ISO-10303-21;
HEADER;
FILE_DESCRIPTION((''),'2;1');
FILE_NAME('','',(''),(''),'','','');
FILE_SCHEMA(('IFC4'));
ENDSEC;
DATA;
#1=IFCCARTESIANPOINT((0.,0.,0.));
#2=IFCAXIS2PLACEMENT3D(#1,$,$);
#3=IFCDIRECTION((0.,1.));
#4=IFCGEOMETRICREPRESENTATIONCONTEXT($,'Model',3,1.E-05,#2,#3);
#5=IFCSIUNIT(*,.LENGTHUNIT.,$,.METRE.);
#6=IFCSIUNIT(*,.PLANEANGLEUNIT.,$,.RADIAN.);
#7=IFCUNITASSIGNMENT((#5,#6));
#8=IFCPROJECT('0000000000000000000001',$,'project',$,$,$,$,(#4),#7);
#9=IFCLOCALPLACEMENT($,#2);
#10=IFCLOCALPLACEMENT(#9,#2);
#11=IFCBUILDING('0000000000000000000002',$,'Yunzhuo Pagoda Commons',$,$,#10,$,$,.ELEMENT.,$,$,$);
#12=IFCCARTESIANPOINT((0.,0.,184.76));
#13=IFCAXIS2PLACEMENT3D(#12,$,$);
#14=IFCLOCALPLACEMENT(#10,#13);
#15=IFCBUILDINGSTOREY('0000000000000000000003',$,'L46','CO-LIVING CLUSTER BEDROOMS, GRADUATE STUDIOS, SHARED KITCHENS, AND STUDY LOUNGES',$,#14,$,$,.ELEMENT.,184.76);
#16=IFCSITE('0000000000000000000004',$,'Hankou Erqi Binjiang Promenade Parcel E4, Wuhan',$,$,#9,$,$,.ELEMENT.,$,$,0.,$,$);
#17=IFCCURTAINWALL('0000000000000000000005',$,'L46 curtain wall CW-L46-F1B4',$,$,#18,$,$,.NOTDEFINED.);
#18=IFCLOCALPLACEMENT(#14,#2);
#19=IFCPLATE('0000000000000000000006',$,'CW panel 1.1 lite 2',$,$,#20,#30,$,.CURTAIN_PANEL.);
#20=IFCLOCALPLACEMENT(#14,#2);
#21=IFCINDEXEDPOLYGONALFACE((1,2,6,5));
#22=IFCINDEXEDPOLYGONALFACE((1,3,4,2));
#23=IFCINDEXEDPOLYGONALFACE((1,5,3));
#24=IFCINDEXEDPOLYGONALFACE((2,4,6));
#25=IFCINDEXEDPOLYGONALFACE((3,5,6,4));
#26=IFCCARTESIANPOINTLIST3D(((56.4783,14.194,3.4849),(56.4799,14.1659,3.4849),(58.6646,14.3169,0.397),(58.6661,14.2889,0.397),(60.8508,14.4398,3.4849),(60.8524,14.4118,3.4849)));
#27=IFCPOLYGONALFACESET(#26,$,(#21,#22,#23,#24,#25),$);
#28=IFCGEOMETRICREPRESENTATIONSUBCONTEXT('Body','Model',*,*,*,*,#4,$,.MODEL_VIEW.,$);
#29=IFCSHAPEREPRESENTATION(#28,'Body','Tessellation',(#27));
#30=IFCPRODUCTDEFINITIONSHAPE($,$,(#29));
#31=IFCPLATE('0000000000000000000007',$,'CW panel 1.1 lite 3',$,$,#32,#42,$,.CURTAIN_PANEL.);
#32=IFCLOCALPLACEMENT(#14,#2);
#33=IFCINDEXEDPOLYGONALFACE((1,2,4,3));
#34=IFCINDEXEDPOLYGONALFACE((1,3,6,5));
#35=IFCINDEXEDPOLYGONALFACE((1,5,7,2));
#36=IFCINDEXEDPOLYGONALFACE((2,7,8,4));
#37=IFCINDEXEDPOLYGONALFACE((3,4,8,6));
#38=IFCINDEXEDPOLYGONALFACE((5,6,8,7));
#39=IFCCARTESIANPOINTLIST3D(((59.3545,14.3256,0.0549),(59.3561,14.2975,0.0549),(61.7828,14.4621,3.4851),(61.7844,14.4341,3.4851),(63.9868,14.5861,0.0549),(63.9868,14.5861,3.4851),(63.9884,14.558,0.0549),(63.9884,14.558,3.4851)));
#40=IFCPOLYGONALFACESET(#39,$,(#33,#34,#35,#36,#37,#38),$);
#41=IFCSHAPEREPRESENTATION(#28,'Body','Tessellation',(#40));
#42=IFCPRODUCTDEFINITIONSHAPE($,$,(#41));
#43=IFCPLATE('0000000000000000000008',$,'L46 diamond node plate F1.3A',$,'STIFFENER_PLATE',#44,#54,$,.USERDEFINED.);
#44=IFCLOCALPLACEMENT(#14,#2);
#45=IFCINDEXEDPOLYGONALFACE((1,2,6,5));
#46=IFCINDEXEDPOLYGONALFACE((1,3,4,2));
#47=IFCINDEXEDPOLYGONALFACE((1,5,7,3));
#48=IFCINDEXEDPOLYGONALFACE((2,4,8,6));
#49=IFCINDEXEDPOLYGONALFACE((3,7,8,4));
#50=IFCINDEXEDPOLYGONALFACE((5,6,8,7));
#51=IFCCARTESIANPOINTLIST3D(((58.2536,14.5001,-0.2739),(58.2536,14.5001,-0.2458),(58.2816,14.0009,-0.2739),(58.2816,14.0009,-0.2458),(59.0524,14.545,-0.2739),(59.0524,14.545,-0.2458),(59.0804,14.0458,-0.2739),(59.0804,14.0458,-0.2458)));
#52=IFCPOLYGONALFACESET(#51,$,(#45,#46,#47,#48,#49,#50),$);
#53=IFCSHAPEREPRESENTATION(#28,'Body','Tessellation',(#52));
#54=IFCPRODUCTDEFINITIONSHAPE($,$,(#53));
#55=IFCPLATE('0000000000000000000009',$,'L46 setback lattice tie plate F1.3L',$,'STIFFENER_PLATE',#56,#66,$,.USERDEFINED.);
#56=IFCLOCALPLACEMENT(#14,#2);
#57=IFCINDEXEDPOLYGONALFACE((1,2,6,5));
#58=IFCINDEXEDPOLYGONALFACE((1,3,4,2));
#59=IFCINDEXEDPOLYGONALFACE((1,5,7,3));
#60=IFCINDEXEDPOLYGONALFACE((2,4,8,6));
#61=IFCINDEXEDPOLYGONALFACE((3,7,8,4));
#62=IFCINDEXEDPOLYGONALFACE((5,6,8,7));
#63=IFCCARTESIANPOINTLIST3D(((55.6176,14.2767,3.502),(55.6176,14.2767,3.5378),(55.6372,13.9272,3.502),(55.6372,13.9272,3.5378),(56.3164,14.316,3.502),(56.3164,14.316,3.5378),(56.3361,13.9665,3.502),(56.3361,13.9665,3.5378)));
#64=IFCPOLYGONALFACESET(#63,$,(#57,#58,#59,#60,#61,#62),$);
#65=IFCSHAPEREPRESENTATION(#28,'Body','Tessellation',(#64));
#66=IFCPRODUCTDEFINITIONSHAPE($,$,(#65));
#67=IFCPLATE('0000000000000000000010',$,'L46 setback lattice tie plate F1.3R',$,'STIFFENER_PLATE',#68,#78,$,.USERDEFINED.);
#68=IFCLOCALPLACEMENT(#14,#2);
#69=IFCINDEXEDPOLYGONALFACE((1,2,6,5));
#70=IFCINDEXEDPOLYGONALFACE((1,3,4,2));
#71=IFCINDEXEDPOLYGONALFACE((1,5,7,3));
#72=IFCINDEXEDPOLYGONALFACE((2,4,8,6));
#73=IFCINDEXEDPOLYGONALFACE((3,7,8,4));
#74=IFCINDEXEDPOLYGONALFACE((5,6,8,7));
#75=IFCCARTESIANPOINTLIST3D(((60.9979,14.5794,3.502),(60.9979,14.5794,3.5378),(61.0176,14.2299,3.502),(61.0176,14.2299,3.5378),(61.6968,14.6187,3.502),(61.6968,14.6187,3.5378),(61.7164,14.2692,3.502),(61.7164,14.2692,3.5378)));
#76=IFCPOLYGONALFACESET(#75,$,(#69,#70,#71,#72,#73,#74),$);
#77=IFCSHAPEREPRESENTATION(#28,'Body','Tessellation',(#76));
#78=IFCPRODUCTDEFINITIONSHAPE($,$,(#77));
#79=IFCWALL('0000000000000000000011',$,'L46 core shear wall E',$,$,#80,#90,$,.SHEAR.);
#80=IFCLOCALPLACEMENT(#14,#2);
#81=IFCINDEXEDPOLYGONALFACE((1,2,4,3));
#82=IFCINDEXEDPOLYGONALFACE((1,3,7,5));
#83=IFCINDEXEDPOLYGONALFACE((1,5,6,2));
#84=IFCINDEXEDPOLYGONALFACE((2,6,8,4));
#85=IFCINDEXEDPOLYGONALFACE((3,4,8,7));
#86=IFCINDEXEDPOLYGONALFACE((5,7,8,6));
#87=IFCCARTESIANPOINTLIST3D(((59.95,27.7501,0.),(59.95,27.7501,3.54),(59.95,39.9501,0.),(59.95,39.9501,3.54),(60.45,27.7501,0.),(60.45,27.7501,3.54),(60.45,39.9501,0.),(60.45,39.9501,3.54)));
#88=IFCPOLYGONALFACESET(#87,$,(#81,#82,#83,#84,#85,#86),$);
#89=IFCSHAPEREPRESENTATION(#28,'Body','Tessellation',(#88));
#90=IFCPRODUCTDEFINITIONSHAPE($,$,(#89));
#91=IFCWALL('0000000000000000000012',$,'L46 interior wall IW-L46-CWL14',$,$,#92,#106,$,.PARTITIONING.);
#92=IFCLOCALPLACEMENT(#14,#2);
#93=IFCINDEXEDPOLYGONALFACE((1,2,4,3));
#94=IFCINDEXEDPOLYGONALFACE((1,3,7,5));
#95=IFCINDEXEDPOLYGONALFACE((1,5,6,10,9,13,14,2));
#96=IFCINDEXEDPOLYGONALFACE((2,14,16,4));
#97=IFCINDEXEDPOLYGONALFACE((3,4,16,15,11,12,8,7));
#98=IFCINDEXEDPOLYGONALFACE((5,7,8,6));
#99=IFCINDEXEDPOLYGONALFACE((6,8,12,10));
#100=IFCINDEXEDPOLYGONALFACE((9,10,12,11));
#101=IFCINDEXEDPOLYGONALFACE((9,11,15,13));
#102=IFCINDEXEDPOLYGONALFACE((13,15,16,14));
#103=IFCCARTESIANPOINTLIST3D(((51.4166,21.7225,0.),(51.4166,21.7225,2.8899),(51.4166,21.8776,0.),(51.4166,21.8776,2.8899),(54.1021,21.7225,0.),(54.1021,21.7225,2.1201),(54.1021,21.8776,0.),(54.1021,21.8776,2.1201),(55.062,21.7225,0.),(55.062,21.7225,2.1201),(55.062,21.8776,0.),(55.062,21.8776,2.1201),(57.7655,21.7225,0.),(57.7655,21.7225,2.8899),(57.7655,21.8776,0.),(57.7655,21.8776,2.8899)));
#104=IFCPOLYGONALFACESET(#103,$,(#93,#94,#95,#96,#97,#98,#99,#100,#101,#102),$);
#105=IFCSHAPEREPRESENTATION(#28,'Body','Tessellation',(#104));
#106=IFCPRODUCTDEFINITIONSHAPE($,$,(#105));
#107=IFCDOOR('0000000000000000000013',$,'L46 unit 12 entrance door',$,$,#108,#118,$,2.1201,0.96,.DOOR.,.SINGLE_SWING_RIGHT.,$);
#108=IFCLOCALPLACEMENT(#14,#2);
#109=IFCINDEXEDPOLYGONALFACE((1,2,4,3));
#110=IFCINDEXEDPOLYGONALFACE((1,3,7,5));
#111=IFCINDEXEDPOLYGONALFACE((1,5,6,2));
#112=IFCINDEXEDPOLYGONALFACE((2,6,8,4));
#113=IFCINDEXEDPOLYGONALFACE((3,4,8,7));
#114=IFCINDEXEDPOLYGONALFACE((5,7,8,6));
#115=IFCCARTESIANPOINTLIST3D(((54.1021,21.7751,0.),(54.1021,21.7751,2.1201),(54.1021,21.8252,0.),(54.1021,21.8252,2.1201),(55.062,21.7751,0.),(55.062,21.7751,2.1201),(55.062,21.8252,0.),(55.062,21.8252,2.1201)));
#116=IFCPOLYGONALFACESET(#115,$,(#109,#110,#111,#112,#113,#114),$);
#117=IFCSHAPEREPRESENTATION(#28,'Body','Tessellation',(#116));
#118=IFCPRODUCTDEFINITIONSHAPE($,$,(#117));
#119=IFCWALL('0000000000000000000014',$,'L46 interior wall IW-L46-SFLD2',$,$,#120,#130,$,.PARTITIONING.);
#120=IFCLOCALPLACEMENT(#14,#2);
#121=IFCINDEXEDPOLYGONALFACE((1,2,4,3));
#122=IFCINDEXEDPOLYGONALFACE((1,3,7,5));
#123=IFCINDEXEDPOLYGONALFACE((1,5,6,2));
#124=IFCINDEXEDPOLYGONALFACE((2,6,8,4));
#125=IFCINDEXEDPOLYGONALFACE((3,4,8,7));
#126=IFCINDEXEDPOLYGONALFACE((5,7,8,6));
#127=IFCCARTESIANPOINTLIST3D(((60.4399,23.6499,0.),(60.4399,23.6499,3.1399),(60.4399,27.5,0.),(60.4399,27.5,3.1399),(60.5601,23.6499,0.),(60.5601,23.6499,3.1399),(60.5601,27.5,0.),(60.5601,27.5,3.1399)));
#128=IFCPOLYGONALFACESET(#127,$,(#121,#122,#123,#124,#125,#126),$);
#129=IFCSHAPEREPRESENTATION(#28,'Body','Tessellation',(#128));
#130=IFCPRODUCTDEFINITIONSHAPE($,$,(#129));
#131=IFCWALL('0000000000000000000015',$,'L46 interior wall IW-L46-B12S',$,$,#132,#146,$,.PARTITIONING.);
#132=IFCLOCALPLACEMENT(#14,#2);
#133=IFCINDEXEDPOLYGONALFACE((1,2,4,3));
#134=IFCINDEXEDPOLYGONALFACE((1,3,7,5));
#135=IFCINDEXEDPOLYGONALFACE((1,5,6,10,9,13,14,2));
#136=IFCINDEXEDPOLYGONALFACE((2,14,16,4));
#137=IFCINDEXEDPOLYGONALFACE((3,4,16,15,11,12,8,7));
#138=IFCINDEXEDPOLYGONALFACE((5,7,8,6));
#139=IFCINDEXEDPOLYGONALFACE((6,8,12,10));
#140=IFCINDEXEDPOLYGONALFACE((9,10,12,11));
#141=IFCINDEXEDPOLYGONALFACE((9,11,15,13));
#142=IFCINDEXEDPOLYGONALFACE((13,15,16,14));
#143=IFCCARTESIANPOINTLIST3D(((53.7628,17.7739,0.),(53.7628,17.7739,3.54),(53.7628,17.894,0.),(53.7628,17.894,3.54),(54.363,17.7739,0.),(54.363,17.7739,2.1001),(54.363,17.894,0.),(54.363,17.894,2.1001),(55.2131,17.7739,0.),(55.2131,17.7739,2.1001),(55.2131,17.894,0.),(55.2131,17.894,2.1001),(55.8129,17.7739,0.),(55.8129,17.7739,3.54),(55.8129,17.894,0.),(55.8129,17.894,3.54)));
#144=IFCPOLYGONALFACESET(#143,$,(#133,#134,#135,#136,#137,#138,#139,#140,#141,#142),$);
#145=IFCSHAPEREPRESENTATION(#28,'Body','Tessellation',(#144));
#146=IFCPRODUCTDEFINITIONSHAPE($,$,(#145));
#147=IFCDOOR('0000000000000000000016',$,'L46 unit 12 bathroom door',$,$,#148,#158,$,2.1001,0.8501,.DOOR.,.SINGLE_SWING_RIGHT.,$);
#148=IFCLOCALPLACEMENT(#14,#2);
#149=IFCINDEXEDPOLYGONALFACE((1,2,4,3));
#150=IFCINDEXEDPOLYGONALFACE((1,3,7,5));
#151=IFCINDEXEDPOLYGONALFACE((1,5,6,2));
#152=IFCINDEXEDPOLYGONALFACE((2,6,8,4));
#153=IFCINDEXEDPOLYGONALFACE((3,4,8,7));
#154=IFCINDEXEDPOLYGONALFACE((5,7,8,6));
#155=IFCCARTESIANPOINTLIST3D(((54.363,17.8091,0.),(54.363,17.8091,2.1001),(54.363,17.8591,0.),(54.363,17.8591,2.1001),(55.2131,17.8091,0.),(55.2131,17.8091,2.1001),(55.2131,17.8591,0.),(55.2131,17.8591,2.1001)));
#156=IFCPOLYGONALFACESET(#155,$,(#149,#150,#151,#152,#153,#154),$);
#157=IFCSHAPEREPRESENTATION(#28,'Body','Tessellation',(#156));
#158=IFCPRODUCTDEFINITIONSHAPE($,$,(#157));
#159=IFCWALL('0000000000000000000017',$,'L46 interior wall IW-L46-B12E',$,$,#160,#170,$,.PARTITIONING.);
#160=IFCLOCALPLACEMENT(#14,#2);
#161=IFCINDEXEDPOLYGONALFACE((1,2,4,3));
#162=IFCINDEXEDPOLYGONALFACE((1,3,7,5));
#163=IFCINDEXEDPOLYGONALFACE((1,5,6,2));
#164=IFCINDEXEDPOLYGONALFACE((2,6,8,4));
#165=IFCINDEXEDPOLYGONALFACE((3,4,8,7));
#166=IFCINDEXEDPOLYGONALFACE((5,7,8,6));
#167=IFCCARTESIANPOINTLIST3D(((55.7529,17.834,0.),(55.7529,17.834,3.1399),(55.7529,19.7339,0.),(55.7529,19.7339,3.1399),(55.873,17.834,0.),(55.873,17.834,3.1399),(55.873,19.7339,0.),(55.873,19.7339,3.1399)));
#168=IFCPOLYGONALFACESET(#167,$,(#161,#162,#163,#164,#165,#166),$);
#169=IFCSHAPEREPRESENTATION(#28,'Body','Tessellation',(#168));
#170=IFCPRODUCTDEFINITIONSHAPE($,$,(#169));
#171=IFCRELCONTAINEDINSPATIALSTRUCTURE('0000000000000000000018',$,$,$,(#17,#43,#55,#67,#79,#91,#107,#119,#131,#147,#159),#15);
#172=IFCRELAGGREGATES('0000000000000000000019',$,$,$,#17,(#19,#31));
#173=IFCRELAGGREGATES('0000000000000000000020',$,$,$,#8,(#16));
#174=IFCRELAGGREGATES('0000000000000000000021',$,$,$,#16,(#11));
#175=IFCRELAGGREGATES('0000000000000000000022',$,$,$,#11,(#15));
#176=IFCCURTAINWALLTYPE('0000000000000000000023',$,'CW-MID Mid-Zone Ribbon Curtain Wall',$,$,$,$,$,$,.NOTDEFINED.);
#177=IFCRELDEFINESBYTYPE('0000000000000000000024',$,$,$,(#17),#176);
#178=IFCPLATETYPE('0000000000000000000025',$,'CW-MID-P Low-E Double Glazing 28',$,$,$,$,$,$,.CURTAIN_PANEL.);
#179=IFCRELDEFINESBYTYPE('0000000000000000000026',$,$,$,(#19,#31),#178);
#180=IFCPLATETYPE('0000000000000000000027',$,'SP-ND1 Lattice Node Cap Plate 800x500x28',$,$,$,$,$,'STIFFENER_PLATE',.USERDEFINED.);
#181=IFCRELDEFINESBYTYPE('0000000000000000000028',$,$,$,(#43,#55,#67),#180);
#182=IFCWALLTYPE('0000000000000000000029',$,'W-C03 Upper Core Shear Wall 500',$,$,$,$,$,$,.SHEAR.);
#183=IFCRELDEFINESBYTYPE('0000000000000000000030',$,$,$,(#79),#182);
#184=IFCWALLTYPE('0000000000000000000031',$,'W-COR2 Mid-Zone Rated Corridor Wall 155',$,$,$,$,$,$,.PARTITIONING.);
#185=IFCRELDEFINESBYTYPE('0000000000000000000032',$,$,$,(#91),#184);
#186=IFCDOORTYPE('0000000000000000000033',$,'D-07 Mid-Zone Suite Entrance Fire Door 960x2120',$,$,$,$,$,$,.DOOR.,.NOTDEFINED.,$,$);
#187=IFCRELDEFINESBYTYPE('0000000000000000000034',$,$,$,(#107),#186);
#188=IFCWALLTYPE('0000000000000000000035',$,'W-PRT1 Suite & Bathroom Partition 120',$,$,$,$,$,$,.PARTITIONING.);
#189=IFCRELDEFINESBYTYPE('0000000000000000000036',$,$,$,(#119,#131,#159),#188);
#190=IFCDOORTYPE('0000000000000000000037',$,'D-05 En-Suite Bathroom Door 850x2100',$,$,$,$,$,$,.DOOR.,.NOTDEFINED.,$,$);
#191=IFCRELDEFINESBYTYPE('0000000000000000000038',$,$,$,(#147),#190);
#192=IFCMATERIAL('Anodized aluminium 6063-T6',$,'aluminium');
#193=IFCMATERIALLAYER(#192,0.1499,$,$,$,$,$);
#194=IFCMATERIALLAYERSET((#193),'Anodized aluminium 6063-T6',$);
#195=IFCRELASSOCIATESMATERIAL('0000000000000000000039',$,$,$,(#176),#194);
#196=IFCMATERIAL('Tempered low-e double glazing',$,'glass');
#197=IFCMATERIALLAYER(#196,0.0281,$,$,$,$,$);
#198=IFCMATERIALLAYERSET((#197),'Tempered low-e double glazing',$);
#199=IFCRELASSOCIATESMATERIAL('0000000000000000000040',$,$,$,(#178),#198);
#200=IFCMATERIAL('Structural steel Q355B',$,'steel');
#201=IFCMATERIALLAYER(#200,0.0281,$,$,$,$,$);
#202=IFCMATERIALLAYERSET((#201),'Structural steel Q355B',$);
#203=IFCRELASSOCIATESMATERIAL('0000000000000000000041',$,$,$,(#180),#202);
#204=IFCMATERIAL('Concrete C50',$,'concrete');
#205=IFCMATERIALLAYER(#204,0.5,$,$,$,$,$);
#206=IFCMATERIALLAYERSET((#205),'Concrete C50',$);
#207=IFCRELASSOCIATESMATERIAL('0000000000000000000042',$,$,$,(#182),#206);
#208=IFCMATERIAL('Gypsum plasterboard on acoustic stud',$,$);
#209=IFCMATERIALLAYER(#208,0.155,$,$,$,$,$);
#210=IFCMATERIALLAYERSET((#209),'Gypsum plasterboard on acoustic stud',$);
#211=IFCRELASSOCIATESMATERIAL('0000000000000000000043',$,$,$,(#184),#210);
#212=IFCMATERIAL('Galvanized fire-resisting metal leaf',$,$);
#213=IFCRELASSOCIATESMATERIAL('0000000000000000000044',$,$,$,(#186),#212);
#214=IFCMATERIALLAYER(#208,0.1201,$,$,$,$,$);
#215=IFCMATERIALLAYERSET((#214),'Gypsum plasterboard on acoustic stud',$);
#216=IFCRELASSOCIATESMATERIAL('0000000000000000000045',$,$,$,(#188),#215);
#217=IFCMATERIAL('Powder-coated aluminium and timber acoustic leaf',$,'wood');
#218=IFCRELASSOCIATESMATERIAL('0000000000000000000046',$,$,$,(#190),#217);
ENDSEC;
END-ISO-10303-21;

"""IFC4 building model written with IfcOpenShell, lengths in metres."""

from ifc_helpers import new_model, si_unit, direction, frame, frame_2d, origin, origin_with_axes, origin_2d, place, context, subcontext, project, spatial, polyline, rectangle, outline, extrude, source, transform, mapped, material, layer, layer_set, type_object, element, fill, aggregate, save


model = new_model("IFC4")

# Units and contexts
model_context = context("Model", 3, precision=1e-05, world=origin(), true_north=direction((0.0, 1.0)))
body_context = subcontext(model_context, "Body", "Model", "MODEL_VIEW")
ifc_project = project(units=[si_unit("LENGTHUNIT", "METRE"), si_unit("PLANEANGLEUNIT", "RADIAN")], contexts=[model_context])

# Site, building, storey
site_placement = place(None, origin())
site = spatial("IfcSite", under=ifc_project, at=site_placement, Name="Hankou Erqi Binjiang Promenade Parcel E4, Wuhan", CompositionType="ELEMENT", RefElevation=0.0)
building_placement = place(site_placement, origin())
building = spatial("IfcBuilding", under=site, at=building_placement, Name="Yunzhuo Pagoda Commons", CompositionType="ELEMENT")
storey_placement = place(building_placement, frame((0.0, 0.0, 184.76)))
storey = spatial("IfcBuildingStorey", under=building, at=storey_placement, Name="L46", Description="CO-LIVING CLUSTER BEDROOMS, GRADUATE STUDIOS, SHARED KITCHENS, AND STUDY LOUNGES", CompositionType="ELEMENT", Elevation=184.76)

# Shared definitions
ifc_material_1 = material(Name="Structural steel Q355B", Category="steel")

# Curtain wall, plates
ifc_material_2 = material(Name="Anodized aluminium 6063-T6", Category="aluminium")
ifc_layer_1 = layer(ifc_material_2, 0.1499)
ifc_layer_set_1 = layer_set([ifc_layer_1], Name="Anodized aluminium 6063-T6")
curtain_wall_type = type_object("IfcCurtainWallType", Name="CW-MID Mid-Zone Ribbon Curtain Wall", PredefinedType="NOTDEFINED", material=ifc_layer_set_1)
curtain_wall_placement = place(storey_placement, origin())
curtain_wall = element("IfcCurtainWall", 1, at=curtain_wall_placement, inside=storey, type_object=curtain_wall_type, Name="L46 curtain wall CW-L46-F1B4", PredefinedType="NOTDEFINED")
ifc_material_3 = material(Name="Tempered low-e double glazing", Category="glass")
ifc_layer_2 = layer(ifc_material_3, 0.0281)
ifc_layer_set_2 = layer_set([ifc_layer_2], Name="Tempered low-e double glazing")
plate_type_1 = type_object("IfcPlateType", Name="CW-MID-P Low-E Double Glazing 28", PredefinedType="CURTAIN_PANEL", material=ifc_layer_set_2)
plate_1_placement = place(storey_placement, frame((58.6646, 14.3169, 1.9409), z_axis=(0.056143, -0.998423, 0.0), x_axis=(0.998423, 0.056143, 0.0)))
plate_1 = element("IfcPlate", 2, at=plate_1_placement, type_object=plate_type_1, Name="CW panel 1.1 lite 2", PredefinedType="CURTAIN_PANEL", context=body_context, shape_type="SweptSolid", body=[
    extrude(outline(polyline([(-2.1897, 1.5439), (0.0, -1.5439), (2.1897, 1.5439), (-2.1897, 1.5439)])), origin(), (0.0, 0.0, 1.0), 0.0281),
])
plate_2_placement = place(storey_placement, frame((61.6707, 14.4558, 1.77), z_axis=(0.056143, -0.998423, 0.0), x_axis=(0.998423, 0.056143, 0.0)))
plate_2 = element("IfcPlate", 3, at=plate_2_placement, type_object=plate_type_1, Name="CW panel 1.1 lite 3", PredefinedType="CURTAIN_PANEL", context=body_context, shape_type="SweptSolid", body=[
    extrude(outline(polyline([(-2.3198, -1.7151), (2.3198, -1.7151), (2.3198, 1.7151), (0.1123, 1.7151), (-2.3198, -1.7151)])), origin(), (0.0, 0.0, 1.0), 0.0281),
])
aggregate(curtain_wall, [plate_1, plate_2])

# Plates
ifc_layer_3 = layer(ifc_material_1, 0.0281)
ifc_layer_set_3 = layer_set([ifc_layer_3], Name="Structural steel Q355B")
plate_type_2 = type_object("IfcPlateType", Name="SP-ND1 Lattice Node Cap Plate 800x500x28", ElementType="STIFFENER_PLATE", PredefinedType="USERDEFINED", material=ifc_layer_set_3)
shared_shape_1 = source(origin(), body_context, "Body", "SweptSolid", [
    extrude(rectangle(XDim=0.8, YDim=0.5, at=origin_2d()), origin(), (0.0, 0.0, 1.0), 0.0281),
])
plate_3_placement = place(storey_placement, frame((58.667, 14.2729, -0.2739), z_axis=(0.0, 0.0, 1.0), x_axis=(0.998423, 0.056135, 0.0)))
element("IfcPlate", 4, at=plate_3_placement, inside=storey, type_object=plate_type_2, Name="L46 diamond node plate F1.3A", ObjectType="STIFFENER_PLATE", PredefinedType="USERDEFINED", context=body_context, shape_type="MappedRepresentation", body=[
    mapped(shared_shape_1, transform((0.0, 0.0, 0.0), scale=1.0)),
])
shared_shape_2 = source(origin(), body_context, "Body", "SweptSolid", [
    extrude(rectangle(XDim=0.7, YDim=0.3501, at=origin_2d()), origin(), (0.0, 0.0, 1.0), 0.0359),
])
for number, where, z_axis, x_axis, name in (
    (5, (55.9768, 14.1216, 3.502), (0.0, 0.0, 1.0), (0.998423, 0.056135, 0.0), "L46 setback lattice tie plate F1.3L"),
    (6, (61.3572, 14.4243, 3.502), (0.0, 0.0, 1.0), (0.998423, 0.056135, 0.0), "L46 setback lattice tie plate F1.3R"),
):
    element("IfcPlate", number, at=place(storey_placement, frame(where, z_axis=z_axis, x_axis=x_axis)), inside=storey, type_object=plate_type_2, Name=name, ObjectType="STIFFENER_PLATE", PredefinedType="USERDEFINED", context=body_context, shape_type="MappedRepresentation", body=[
        mapped(shared_shape_2, transform((0.0, 0.0, 0.0), scale=1.0)),
    ])

# Wall
ifc_material_4 = material(Name="Concrete C50", Category="concrete")
ifc_layer_4 = layer(ifc_material_4, 0.5)
ifc_layer_set_4 = layer_set([ifc_layer_4], Name="Concrete C50")
wall_type_1 = type_object("IfcWallType", Name="W-C03 Upper Core Shear Wall 500", PredefinedType="SHEAR", material=ifc_layer_set_4)
wall_1_placement = place(storey_placement, frame((60.2, 27.75, 0.0), z_axis=(0.0, 0.0, 1.0), x_axis=(0.0, 1.0, 0.0)))
element("IfcWall", 7, at=wall_1_placement, inside=storey, type_object=wall_type_1, Name="L46 core shear wall E", PredefinedType="SHEAR", context=body_context, shape_type="SweptSolid", body=[
    extrude(rectangle(XDim=12.2, YDim=0.5, at=frame_2d((6.1001, 0.0))), origin(), (0.0, 0.0, 1.0), 3.54),
])

# Wall, opening, door
ifc_material_5 = material(Name="Gypsum plasterboard on acoustic stud")
ifc_layer_5 = layer(ifc_material_5, 0.155)
ifc_layer_set_5 = layer_set([ifc_layer_5], Name="Gypsum plasterboard on acoustic stud")
wall_type_2 = type_object("IfcWallType", Name="W-COR2 Mid-Zone Rated Corridor Wall 155", PredefinedType="PARTITIONING", material=ifc_layer_set_5)
wall_2_placement = place(storey_placement, frame((57.7654, 21.8, 0.0), z_axis=(0.0, 0.0, 1.0), x_axis=(-1.0, 0.0, 0.0)))
wall_2 = element("IfcWall", 8, at=wall_2_placement, inside=storey, type_object=wall_type_2, Name="L46 interior wall IW-L46-CWL14", PredefinedType="PARTITIONING", context=body_context, shape_type="SweptSolid", body=[
    extrude(rectangle(XDim=6.3489, YDim=0.155, at=frame_2d((3.1743, 0.0))), origin(), (0.0, 0.0, 1.0), 2.8899),
])
opening_1_placement = place(wall_2_placement, frame((2.7034, 0.0, 0.0)))
opening_1 = element("IfcOpeningElement", 9, at=opening_1_placement, cuts=wall_2, PredefinedType="OPENING", context=body_context, shape_type="SweptSolid", body=[
    extrude(rectangle(XDim=0.96, YDim=2.1201, at=frame_2d((0.48, 1.0601))), frame((0.0, 0.0874, 0.0), z_axis=(0.0, -1.0, 0.0), x_axis=(1.0, 0.0, 0.0)), (0.0, 0.0, 1.0), 0.175),
])
ifc_material_6 = material(Name="Galvanized fire-resisting metal leaf")
door_type_1 = type_object("IfcDoorType", Name="D-07 Mid-Zone Suite Entrance Fire Door 960x2120", OperationType="NOTDEFINED", PredefinedType="DOOR", material=ifc_material_6)
shared_shape_3 = source(origin(), body_context, "Body", "SweptSolid", [
    extrude(rectangle(XDim=0.96, YDim=2.1201, at=frame_2d((0.48, 1.0601))), frame((0.0, 0.0249, 0.0), z_axis=(0.0, -1.0, 0.0), x_axis=(1.0, 0.0, 0.0)), (0.0, 0.0, 1.0), 0.05),
])
door_1_placement = place(opening_1_placement, origin_with_axes())
door_1 = element("IfcDoor", 10, at=door_1_placement, inside=storey, type_object=door_type_1, Name="L46 unit 12 entrance door", OperationType="SINGLE_SWING_RIGHT", OverallHeight=2.1201, OverallWidth=0.96, PredefinedType="DOOR", context=body_context, shape_type="MappedRepresentation", body=[
    mapped(shared_shape_3, transform((0.0, 0.0, 0.0), scale=1.0)),
])
fill(opening_1, door_1)

# Wall
ifc_layer_6 = layer(ifc_material_5, 0.1201)
ifc_layer_set_6 = layer_set([ifc_layer_6], Name="Gypsum plasterboard on acoustic stud")
wall_type_3 = type_object("IfcWallType", Name="W-PRT1 Suite & Bathroom Partition 120", PredefinedType="PARTITIONING", material=ifc_layer_set_6)
wall_3_placement = place(storey_placement, frame((60.5, 23.6499, 0.0), z_axis=(0.0, 0.0, 1.0), x_axis=(0.0, 1.0, 0.0)))
element("IfcWall", 11, at=wall_3_placement, inside=storey, type_object=wall_type_3, Name="L46 interior wall IW-L46-SFLD2", PredefinedType="PARTITIONING", context=body_context, shape_type="SweptSolid", body=[
    extrude(rectangle(XDim=3.8501, YDim=0.1201, at=frame_2d((1.925, 0.0))), origin(), (0.0, 0.0, 1.0), 3.1399),
])

# Wall, opening, door
wall_4_placement = place(storey_placement, frame((53.7629, 17.834, 0.0), z_axis=(0.0, 0.0, 1.0), x_axis=(1.0, 0.0, 0.0)))
wall_4 = element("IfcWall", 12, at=wall_4_placement, inside=storey, type_object=wall_type_3, Name="L46 interior wall IW-L46-B12S", PredefinedType="PARTITIONING", context=body_context, shape_type="SweptSolid", body=[
    extrude(rectangle(XDim=2.05, YDim=0.1201, at=frame_2d((1.0249, 0.0))), origin(), (0.0, 0.0, 1.0), 3.54),
])
opening_2_placement = place(wall_4_placement, frame((0.6001, 0.0, 0.0)))
opening_2 = element("IfcOpeningElement", 13, at=opening_2_placement, cuts=wall_4, PredefinedType="OPENING", context=body_context, shape_type="SweptSolid", body=[
    extrude(rectangle(XDim=0.8501, YDim=2.1001, at=frame_2d((0.425, 1.05))), frame((0.0, 0.0701, 0.0), z_axis=(0.0, -1.0, 0.0), x_axis=(1.0, 0.0, 0.0)), (0.0, 0.0, 1.0), 0.1401),
])
ifc_material_7 = material(Name="Powder-coated aluminium and timber acoustic leaf", Category="wood")
door_type_2 = type_object("IfcDoorType", Name="D-05 En-Suite Bathroom Door 850x2100", OperationType="NOTDEFINED", PredefinedType="DOOR", material=ifc_material_7)
shared_shape_4 = source(origin(), body_context, "Body", "SweptSolid", [
    extrude(rectangle(XDim=0.8501, YDim=2.1001, at=frame_2d((0.425, 1.05))), frame((0.0, 0.0249, 0.0), z_axis=(0.0, -1.0, 0.0), x_axis=(1.0, 0.0, 0.0)), (0.0, 0.0, 1.0), 0.05),
])
door_2_placement = place(opening_2_placement, frame((0.8501, 0.0, 0.0), z_axis=(0.0, 0.0, 1.0), x_axis=(-1.0, 0.0, 0.0)))
door_2 = element("IfcDoor", 14, at=door_2_placement, inside=storey, type_object=door_type_2, Name="L46 unit 12 bathroom door", OperationType="SINGLE_SWING_RIGHT", OverallHeight=2.1001, OverallWidth=0.8501, PredefinedType="DOOR", context=body_context, shape_type="MappedRepresentation", body=[
    mapped(shared_shape_4, transform((0.0, 0.0, 0.0), scale=1.0)),
])
fill(opening_2, door_2)

# Wall
wall_5_placement = place(storey_placement, frame((55.813, 17.834, 0.0), z_axis=(0.0, 0.0, 1.0), x_axis=(0.0, 1.0, 0.0)))
element("IfcWall", 15, at=wall_5_placement, inside=storey, type_object=wall_type_3, Name="L46 interior wall IW-L46-B12E", PredefinedType="PARTITIONING", context=body_context, shape_type="SweptSolid", body=[
    extrude(rectangle(XDim=1.8999, YDim=0.1201, at=frame_2d((0.95, 0.0))), origin(), (0.0, 0.0, 1.0), 3.1399),
])

save(model, "model.ifc")
